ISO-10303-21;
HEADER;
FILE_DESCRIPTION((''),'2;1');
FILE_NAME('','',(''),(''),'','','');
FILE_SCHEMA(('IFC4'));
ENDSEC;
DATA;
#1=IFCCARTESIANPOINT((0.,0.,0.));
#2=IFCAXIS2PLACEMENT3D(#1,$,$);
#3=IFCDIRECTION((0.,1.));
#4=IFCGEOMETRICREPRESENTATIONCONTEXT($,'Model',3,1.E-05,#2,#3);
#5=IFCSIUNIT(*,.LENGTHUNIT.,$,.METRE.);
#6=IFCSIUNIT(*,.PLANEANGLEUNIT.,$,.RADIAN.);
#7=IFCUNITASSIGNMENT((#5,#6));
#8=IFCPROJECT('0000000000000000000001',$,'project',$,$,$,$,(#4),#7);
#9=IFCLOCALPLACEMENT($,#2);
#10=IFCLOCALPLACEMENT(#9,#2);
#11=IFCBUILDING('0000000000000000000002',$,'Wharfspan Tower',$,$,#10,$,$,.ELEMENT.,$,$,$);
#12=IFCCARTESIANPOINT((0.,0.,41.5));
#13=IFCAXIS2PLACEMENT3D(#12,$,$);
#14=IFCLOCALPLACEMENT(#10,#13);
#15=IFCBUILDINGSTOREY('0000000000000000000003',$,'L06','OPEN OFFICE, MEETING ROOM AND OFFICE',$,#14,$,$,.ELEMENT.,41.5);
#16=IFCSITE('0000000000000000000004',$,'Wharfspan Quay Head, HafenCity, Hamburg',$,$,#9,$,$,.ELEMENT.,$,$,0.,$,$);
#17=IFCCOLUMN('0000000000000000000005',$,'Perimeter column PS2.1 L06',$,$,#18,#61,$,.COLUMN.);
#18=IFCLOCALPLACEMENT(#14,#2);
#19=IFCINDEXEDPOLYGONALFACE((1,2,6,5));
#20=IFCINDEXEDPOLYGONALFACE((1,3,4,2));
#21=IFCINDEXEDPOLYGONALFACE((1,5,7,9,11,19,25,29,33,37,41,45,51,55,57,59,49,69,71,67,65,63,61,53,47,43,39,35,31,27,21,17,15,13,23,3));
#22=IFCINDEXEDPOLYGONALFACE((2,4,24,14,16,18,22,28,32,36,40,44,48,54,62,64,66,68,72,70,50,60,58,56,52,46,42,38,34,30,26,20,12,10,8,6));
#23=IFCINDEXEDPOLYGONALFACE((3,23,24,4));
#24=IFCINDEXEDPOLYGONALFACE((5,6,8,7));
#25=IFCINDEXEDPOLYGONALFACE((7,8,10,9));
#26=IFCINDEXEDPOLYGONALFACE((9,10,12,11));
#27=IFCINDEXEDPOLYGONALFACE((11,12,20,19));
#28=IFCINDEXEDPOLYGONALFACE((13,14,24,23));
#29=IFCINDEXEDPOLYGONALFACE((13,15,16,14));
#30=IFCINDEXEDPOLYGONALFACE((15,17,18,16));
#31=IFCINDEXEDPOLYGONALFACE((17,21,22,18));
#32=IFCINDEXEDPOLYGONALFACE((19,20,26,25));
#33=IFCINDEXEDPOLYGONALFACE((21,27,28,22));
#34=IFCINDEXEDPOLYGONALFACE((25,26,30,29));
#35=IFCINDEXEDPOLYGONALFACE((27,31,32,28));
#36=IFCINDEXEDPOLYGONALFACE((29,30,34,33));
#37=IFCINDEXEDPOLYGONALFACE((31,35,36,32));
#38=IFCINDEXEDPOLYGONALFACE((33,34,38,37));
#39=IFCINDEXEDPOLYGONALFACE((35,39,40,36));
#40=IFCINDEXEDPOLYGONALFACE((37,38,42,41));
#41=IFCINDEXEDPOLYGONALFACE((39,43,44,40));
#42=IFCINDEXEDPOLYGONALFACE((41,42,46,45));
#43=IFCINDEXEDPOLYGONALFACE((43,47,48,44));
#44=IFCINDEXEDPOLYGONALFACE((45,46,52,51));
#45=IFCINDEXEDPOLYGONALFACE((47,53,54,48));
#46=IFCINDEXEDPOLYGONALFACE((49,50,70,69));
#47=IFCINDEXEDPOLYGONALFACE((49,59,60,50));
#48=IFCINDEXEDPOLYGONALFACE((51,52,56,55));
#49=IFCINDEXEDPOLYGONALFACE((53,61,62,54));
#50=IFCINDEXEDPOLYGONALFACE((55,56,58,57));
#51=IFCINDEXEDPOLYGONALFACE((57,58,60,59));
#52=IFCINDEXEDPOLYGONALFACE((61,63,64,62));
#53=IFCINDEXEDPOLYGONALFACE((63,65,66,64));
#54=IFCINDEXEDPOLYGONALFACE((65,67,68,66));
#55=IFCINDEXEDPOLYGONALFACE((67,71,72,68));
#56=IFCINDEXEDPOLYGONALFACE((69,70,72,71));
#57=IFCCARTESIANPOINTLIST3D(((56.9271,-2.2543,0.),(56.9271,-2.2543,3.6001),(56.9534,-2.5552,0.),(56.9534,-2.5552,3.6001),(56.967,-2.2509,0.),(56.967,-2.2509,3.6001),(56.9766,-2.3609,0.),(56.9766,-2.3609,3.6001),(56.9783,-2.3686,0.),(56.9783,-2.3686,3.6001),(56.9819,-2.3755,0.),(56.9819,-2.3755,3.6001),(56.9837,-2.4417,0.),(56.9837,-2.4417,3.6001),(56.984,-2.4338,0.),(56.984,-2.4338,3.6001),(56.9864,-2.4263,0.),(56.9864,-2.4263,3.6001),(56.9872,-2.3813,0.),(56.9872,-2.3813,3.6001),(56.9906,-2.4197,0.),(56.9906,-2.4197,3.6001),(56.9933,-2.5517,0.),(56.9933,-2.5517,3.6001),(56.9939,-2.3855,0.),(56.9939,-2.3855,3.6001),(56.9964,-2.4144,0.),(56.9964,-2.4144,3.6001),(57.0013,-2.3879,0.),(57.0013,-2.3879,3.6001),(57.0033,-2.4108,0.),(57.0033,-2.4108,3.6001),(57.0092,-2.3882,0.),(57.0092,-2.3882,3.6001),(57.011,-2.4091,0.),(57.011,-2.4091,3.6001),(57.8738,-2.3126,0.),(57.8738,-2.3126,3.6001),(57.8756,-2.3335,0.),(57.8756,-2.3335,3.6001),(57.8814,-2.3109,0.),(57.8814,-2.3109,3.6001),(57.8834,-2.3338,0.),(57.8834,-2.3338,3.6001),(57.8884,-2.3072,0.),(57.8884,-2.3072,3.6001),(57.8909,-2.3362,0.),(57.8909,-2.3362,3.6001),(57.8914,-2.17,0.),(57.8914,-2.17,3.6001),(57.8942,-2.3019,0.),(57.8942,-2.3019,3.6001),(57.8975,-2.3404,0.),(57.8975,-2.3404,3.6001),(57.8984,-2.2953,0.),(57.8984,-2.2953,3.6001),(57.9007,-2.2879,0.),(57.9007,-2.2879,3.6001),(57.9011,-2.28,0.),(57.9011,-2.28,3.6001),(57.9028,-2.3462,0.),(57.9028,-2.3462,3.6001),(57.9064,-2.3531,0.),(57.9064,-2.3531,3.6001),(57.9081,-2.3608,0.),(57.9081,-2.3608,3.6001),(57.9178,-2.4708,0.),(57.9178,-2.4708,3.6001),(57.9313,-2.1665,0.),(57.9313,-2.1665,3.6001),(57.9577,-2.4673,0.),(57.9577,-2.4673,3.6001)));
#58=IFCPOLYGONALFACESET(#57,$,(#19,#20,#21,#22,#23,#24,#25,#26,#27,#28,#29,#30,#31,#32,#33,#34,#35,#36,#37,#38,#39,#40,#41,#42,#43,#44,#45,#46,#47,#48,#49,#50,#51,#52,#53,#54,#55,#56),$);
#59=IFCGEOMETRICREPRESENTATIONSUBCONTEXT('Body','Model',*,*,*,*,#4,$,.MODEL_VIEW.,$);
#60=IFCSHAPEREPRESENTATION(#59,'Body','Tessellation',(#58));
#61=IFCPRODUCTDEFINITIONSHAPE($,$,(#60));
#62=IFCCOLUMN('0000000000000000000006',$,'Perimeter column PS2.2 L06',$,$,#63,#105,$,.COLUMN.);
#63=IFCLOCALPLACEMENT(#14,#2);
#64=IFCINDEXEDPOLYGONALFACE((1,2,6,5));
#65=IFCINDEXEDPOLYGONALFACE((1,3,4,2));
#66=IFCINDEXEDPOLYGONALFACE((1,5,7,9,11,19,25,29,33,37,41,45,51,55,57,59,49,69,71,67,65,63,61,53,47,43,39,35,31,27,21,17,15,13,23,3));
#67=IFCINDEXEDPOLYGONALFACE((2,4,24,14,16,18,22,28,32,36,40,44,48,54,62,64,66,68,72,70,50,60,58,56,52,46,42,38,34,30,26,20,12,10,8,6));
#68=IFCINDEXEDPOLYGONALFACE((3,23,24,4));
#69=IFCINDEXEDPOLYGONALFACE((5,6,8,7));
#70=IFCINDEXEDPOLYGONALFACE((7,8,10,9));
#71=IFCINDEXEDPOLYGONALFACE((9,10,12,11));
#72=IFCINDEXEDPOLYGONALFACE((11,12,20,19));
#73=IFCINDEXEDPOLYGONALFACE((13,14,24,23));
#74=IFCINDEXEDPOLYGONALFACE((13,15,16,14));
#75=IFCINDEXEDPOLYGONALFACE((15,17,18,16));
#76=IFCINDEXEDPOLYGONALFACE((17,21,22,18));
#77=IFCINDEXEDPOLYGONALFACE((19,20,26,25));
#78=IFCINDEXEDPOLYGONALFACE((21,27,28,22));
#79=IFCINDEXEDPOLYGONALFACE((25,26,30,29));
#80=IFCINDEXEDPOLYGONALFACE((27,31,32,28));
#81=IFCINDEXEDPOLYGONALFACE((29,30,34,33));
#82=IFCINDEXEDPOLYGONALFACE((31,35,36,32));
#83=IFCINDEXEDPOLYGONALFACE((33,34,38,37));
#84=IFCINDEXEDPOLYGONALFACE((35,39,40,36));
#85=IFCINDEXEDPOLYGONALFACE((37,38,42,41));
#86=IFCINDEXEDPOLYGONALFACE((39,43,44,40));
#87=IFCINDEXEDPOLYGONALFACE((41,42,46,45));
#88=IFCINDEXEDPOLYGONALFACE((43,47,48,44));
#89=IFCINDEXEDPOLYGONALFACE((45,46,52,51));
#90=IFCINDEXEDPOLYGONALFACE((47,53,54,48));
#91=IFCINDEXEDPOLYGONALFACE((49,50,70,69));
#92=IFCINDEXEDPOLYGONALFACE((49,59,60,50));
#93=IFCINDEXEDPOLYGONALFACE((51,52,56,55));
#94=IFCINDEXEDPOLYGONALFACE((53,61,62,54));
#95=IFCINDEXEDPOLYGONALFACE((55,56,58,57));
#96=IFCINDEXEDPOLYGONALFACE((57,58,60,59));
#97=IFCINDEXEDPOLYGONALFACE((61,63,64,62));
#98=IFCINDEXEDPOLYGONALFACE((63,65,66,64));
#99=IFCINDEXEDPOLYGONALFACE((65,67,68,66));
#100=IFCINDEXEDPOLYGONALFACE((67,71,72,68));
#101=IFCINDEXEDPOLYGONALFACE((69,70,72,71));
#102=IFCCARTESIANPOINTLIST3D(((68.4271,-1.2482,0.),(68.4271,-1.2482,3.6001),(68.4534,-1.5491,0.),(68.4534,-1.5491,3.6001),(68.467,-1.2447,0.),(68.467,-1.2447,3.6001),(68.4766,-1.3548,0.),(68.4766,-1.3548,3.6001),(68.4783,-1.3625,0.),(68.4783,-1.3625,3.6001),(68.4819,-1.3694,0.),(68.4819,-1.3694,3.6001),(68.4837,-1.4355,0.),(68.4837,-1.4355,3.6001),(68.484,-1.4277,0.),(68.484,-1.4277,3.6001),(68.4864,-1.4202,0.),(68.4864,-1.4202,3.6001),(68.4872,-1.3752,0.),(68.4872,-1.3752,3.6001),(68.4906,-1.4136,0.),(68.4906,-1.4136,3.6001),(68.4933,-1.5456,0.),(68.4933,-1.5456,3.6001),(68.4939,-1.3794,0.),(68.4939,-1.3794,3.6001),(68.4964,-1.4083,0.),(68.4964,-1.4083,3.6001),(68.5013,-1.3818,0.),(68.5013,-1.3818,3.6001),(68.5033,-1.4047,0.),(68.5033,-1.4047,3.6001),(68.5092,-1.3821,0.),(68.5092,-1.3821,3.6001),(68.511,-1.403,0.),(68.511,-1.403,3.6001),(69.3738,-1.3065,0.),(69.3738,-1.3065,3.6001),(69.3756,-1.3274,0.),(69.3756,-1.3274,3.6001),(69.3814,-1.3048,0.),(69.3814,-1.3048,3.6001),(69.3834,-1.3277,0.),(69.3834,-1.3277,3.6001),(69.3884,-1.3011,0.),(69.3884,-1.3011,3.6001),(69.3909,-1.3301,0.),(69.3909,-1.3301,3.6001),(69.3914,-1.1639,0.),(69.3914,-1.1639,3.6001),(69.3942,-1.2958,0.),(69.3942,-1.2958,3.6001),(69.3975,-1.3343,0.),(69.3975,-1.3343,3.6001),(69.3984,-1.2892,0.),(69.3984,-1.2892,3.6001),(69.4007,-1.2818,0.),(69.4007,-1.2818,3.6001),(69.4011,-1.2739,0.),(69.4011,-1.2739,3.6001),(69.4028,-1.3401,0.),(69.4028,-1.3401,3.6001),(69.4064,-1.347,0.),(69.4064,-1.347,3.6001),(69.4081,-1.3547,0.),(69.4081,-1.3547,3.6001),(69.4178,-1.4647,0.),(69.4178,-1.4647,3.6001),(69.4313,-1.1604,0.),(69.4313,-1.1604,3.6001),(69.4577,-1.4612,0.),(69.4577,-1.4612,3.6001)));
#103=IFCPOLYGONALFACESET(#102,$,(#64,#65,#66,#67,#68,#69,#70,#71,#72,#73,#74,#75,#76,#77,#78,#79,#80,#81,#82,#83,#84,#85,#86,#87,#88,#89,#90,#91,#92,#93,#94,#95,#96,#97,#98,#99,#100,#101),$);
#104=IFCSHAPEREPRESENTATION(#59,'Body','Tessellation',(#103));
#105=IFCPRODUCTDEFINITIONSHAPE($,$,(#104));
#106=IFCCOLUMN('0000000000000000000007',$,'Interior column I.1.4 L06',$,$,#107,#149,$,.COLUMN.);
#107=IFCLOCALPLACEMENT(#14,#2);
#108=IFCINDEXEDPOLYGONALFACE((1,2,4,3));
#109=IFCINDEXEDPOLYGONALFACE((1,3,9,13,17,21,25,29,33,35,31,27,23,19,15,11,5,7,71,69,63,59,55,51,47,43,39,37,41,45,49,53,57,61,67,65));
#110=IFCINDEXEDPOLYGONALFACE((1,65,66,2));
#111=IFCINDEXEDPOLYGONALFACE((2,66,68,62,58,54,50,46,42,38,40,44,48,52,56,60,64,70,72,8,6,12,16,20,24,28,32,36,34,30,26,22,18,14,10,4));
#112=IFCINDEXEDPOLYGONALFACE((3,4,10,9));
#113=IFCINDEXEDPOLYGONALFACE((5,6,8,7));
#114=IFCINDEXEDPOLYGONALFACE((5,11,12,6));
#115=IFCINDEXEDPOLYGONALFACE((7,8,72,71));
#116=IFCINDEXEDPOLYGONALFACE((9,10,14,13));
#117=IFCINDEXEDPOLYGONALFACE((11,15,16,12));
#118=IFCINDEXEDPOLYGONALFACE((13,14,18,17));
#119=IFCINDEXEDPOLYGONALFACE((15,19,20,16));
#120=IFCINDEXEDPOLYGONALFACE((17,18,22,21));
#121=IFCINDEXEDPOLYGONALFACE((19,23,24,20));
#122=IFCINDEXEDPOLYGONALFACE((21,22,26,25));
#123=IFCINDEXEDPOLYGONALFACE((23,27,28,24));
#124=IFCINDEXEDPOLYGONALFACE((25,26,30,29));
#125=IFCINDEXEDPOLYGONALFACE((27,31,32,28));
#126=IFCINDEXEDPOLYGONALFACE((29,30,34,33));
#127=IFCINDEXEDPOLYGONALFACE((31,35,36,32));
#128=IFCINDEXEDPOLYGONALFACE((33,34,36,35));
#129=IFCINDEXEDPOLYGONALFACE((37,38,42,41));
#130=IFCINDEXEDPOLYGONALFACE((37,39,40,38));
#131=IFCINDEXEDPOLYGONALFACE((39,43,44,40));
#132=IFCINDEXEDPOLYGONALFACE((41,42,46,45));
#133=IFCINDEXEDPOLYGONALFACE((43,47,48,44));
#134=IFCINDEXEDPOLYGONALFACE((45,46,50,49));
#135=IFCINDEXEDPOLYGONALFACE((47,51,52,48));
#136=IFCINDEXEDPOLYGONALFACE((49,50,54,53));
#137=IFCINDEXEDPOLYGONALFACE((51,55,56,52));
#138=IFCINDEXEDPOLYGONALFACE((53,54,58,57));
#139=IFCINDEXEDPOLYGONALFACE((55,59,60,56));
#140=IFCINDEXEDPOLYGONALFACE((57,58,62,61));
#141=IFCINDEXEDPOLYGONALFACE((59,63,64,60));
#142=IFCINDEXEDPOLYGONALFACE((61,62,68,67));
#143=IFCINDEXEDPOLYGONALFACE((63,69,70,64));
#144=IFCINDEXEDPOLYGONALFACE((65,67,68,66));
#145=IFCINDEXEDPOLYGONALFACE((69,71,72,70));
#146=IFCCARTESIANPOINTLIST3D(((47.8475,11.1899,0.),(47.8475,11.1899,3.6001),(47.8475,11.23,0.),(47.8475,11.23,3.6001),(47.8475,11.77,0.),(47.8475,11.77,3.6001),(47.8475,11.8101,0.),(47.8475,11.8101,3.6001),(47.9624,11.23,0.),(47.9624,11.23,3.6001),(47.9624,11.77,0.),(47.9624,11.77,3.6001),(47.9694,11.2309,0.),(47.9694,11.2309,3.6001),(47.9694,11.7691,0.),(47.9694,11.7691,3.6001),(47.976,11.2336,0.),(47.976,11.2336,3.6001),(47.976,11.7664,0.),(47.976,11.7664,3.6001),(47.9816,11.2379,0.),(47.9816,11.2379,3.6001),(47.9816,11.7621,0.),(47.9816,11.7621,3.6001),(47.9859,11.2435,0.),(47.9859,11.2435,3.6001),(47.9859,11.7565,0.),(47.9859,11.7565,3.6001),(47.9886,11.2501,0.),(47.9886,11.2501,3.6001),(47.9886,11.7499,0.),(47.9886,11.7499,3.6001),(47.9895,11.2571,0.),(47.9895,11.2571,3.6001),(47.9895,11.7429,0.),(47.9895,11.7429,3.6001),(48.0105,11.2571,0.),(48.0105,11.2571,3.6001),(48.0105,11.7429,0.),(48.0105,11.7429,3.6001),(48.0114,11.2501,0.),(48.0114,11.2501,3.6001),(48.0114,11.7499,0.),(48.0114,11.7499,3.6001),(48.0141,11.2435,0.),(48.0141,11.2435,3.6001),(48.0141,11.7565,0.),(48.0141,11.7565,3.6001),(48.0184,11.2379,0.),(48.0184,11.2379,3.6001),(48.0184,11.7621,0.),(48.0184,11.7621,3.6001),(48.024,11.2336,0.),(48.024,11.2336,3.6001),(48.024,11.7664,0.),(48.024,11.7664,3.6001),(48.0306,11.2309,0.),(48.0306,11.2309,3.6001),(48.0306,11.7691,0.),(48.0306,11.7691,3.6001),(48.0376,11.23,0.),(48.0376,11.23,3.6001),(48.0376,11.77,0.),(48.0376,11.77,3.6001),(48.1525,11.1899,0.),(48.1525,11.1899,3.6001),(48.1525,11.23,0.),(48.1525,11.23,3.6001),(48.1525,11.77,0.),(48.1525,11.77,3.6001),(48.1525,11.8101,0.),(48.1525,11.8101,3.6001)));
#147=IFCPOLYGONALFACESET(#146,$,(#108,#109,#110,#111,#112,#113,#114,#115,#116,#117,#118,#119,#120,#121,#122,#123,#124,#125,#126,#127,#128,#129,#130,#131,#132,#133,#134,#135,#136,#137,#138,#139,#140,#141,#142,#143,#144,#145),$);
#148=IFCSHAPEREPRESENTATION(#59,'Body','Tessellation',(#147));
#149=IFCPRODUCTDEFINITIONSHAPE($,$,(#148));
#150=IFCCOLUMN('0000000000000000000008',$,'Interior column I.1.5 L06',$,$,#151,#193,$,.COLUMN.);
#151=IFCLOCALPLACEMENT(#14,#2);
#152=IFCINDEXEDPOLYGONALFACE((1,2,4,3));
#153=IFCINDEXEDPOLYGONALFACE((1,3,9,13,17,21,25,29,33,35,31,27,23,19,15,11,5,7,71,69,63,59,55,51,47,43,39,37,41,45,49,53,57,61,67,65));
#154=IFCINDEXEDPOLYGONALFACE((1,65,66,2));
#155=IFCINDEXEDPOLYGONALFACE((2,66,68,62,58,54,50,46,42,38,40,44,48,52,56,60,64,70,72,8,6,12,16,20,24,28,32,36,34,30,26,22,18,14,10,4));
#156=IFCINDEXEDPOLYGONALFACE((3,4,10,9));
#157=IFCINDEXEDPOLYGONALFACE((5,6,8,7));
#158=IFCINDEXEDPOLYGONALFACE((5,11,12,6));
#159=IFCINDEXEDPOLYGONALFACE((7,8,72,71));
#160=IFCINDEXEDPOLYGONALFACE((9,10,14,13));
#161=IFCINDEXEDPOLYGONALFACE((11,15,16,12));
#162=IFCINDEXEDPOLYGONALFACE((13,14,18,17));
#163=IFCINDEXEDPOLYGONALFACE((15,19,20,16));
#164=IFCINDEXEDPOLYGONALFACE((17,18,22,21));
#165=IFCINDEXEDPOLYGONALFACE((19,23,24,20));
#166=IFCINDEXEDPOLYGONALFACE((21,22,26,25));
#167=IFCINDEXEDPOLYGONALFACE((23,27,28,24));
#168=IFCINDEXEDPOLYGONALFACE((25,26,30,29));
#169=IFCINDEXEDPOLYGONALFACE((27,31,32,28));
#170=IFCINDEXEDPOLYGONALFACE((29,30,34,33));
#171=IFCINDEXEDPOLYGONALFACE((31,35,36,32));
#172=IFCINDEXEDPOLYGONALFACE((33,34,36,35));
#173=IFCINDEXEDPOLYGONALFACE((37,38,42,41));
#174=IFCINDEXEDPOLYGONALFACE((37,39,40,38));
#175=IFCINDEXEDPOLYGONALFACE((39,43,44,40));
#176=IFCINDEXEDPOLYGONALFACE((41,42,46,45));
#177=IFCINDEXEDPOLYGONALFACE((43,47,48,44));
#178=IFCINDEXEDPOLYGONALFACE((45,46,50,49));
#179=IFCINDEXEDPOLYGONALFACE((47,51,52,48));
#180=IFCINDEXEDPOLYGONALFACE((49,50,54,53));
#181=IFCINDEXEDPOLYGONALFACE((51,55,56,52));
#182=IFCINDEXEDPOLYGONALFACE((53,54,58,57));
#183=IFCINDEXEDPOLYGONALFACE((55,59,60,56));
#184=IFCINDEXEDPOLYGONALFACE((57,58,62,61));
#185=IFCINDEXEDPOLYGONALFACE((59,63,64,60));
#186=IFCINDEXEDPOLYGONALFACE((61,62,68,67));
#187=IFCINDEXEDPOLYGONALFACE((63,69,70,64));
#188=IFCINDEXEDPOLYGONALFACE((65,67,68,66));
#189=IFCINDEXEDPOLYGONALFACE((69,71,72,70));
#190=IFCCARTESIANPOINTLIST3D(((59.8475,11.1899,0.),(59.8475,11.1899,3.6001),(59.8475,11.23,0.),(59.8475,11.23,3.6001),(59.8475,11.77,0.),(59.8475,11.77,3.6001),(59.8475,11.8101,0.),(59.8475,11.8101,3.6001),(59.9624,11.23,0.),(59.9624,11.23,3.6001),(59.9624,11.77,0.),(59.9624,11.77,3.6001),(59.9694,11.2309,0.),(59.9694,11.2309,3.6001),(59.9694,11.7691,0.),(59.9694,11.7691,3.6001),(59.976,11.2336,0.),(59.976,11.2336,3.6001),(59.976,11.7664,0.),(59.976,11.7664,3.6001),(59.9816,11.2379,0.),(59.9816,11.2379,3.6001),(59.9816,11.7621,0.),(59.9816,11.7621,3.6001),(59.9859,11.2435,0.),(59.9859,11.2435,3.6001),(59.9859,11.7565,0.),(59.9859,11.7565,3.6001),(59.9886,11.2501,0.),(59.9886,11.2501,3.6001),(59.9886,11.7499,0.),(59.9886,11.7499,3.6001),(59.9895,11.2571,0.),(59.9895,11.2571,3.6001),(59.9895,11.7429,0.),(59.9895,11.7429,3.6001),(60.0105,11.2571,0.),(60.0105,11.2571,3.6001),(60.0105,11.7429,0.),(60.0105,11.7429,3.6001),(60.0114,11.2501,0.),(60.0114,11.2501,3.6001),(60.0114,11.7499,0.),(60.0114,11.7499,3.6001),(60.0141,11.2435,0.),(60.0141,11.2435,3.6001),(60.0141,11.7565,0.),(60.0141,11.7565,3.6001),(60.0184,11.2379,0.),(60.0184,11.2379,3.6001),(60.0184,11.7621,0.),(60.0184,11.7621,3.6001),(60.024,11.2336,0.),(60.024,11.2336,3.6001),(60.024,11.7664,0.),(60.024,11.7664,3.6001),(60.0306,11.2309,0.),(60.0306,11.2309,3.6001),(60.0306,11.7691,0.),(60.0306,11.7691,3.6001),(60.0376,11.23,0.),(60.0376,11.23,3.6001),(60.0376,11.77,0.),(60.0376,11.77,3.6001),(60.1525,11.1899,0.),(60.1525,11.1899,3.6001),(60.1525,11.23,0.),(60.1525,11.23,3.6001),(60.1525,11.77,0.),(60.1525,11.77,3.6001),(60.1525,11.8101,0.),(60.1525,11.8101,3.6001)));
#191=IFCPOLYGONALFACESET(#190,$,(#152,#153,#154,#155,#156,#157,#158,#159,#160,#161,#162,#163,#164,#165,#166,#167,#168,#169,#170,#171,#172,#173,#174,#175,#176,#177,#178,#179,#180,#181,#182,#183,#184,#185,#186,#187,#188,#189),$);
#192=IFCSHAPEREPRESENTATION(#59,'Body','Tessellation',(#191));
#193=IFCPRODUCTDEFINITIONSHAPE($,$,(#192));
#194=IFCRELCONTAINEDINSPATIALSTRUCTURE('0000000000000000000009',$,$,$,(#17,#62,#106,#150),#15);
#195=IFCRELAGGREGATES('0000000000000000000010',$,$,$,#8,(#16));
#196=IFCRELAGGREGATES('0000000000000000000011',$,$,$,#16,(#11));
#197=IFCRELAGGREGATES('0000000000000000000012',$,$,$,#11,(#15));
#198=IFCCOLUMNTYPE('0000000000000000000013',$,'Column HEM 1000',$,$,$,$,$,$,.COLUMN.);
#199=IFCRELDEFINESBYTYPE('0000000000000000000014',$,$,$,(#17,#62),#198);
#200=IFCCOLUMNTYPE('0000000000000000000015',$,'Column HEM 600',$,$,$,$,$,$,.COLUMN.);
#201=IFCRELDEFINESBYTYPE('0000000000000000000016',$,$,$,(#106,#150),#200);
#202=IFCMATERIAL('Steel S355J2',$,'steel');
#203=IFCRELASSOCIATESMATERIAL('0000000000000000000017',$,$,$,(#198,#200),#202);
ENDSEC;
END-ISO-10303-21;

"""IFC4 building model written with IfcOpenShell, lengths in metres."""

from ifc_helpers import new_model, si_unit, direction, frame, origin, origin_2d, place, context, subcontext, project, spatial, i_section, extrude, material, material_profile, profile_set, type_object, element, save


model = new_model("IFC4")

# Units and contexts
model_context = context("Model", 3, precision=1e-05, world=origin(), true_north=direction((0.0, 1.0)))
body_context = subcontext(model_context, "Body", "Model", "MODEL_VIEW")
ifc_project = project(units=[si_unit("LENGTHUNIT", "METRE"), si_unit("PLANEANGLEUNIT", "RADIAN")], contexts=[model_context])

# Site, building, storey
site_placement = place(None, origin())
site = spatial("IfcSite", under=ifc_project, at=site_placement, Name="Wharfspan Quay Head, HafenCity, Hamburg", CompositionType="ELEMENT", RefElevation=0.0)
building_placement = place(site_placement, origin())
building = spatial("IfcBuilding", under=site, at=building_placement, Name="Wharfspan Tower", CompositionType="ELEMENT")
storey_placement = place(building_placement, frame((0.0, 0.0, 41.5)))
storey = spatial("IfcBuildingStorey", under=building, at=storey_placement, Name="L06", Description="OPEN OFFICE, MEETING ROOM AND OFFICE", CompositionType="ELEMENT", Elevation=41.5)

# Columns
ifc_material_1 = material(Name="Steel S355J2", Category="steel")
ifc_material_profile_1 = material_profile(ifc_material_1, i_section(OverallWidth=0.302, OverallDepth=1.0081, WebThickness=0.021, FlangeThickness=0.04, FilletRadius=0.03, at=origin_2d()))
ifc_profile_set_1 = profile_set([ifc_material_profile_1], Name="Steel S355J2")
column_type_1 = type_object("IfcColumnType", Name="Column HEM 1000", PredefinedType="COLUMN", material=ifc_profile_set_1)
for number, where, z_axis, x_axis, name in (
    (1, (57.4424, -2.3608, 0.0), (0.0, 0.0, 1.0), (0.087156, -0.996198, 0.0), "Perimeter column PS2.1 L06"),
    (2, (68.9424, -1.3547, 0.0), (0.0, 0.0, 1.0), (0.087156, -0.996198, 0.0), "Perimeter column PS2.2 L06"),
):
    element("IfcColumn", number, at=place(storey_placement, frame(where, z_axis=z_axis, x_axis=x_axis)), inside=storey, type_object=column_type_1, Name=name, PredefinedType="COLUMN", context=body_context, shape_type="SweptSolid", body=[
        extrude(i_section(OverallWidth=0.302, OverallDepth=1.0081, WebThickness=0.021, FlangeThickness=0.04, FilletRadius=0.03, at=origin_2d()), origin(), (0.0, 0.0, 1.0), 3.6001),
    ])
ifc_material_profile_2 = material_profile(ifc_material_1, i_section(OverallWidth=0.3049, OverallDepth=0.6201, WebThickness=0.021, FlangeThickness=0.04, FilletRadius=0.0271, at=origin_2d()))
ifc_profile_set_2 = profile_set([ifc_material_profile_2], Name="Steel S355J2")
column_type_2 = type_object("IfcColumnType", Name="Column HEM 600", PredefinedType="COLUMN", material=ifc_profile_set_2)
for number, where, z_axis, x_axis, name in (
    (3, (48.0, 11.5, 0.0), (0.0, 0.0, 1.0), (1.0, 0.0, 0.0), "Interior column I.1.4 L06"),
    (4, (60.0, 11.5, 0.0), (0.0, 0.0, 1.0), (1.0, 0.0, 0.0), "Interior column I.1.5 L06"),
):
    element("IfcColumn", number, at=place(storey_placement, frame(where, z_axis=z_axis, x_axis=x_axis)), inside=storey, type_object=column_type_2, Name=name, PredefinedType="COLUMN", context=body_context, shape_type="SweptSolid", body=[
        extrude(i_section(OverallWidth=0.3049, OverallDepth=0.6201, WebThickness=0.021, FlangeThickness=0.04, FilletRadius=0.0271, at=origin_2d()), origin(), (0.0, 0.0, 1.0), 3.6001),
    ])

save(model, "model.ifc")
